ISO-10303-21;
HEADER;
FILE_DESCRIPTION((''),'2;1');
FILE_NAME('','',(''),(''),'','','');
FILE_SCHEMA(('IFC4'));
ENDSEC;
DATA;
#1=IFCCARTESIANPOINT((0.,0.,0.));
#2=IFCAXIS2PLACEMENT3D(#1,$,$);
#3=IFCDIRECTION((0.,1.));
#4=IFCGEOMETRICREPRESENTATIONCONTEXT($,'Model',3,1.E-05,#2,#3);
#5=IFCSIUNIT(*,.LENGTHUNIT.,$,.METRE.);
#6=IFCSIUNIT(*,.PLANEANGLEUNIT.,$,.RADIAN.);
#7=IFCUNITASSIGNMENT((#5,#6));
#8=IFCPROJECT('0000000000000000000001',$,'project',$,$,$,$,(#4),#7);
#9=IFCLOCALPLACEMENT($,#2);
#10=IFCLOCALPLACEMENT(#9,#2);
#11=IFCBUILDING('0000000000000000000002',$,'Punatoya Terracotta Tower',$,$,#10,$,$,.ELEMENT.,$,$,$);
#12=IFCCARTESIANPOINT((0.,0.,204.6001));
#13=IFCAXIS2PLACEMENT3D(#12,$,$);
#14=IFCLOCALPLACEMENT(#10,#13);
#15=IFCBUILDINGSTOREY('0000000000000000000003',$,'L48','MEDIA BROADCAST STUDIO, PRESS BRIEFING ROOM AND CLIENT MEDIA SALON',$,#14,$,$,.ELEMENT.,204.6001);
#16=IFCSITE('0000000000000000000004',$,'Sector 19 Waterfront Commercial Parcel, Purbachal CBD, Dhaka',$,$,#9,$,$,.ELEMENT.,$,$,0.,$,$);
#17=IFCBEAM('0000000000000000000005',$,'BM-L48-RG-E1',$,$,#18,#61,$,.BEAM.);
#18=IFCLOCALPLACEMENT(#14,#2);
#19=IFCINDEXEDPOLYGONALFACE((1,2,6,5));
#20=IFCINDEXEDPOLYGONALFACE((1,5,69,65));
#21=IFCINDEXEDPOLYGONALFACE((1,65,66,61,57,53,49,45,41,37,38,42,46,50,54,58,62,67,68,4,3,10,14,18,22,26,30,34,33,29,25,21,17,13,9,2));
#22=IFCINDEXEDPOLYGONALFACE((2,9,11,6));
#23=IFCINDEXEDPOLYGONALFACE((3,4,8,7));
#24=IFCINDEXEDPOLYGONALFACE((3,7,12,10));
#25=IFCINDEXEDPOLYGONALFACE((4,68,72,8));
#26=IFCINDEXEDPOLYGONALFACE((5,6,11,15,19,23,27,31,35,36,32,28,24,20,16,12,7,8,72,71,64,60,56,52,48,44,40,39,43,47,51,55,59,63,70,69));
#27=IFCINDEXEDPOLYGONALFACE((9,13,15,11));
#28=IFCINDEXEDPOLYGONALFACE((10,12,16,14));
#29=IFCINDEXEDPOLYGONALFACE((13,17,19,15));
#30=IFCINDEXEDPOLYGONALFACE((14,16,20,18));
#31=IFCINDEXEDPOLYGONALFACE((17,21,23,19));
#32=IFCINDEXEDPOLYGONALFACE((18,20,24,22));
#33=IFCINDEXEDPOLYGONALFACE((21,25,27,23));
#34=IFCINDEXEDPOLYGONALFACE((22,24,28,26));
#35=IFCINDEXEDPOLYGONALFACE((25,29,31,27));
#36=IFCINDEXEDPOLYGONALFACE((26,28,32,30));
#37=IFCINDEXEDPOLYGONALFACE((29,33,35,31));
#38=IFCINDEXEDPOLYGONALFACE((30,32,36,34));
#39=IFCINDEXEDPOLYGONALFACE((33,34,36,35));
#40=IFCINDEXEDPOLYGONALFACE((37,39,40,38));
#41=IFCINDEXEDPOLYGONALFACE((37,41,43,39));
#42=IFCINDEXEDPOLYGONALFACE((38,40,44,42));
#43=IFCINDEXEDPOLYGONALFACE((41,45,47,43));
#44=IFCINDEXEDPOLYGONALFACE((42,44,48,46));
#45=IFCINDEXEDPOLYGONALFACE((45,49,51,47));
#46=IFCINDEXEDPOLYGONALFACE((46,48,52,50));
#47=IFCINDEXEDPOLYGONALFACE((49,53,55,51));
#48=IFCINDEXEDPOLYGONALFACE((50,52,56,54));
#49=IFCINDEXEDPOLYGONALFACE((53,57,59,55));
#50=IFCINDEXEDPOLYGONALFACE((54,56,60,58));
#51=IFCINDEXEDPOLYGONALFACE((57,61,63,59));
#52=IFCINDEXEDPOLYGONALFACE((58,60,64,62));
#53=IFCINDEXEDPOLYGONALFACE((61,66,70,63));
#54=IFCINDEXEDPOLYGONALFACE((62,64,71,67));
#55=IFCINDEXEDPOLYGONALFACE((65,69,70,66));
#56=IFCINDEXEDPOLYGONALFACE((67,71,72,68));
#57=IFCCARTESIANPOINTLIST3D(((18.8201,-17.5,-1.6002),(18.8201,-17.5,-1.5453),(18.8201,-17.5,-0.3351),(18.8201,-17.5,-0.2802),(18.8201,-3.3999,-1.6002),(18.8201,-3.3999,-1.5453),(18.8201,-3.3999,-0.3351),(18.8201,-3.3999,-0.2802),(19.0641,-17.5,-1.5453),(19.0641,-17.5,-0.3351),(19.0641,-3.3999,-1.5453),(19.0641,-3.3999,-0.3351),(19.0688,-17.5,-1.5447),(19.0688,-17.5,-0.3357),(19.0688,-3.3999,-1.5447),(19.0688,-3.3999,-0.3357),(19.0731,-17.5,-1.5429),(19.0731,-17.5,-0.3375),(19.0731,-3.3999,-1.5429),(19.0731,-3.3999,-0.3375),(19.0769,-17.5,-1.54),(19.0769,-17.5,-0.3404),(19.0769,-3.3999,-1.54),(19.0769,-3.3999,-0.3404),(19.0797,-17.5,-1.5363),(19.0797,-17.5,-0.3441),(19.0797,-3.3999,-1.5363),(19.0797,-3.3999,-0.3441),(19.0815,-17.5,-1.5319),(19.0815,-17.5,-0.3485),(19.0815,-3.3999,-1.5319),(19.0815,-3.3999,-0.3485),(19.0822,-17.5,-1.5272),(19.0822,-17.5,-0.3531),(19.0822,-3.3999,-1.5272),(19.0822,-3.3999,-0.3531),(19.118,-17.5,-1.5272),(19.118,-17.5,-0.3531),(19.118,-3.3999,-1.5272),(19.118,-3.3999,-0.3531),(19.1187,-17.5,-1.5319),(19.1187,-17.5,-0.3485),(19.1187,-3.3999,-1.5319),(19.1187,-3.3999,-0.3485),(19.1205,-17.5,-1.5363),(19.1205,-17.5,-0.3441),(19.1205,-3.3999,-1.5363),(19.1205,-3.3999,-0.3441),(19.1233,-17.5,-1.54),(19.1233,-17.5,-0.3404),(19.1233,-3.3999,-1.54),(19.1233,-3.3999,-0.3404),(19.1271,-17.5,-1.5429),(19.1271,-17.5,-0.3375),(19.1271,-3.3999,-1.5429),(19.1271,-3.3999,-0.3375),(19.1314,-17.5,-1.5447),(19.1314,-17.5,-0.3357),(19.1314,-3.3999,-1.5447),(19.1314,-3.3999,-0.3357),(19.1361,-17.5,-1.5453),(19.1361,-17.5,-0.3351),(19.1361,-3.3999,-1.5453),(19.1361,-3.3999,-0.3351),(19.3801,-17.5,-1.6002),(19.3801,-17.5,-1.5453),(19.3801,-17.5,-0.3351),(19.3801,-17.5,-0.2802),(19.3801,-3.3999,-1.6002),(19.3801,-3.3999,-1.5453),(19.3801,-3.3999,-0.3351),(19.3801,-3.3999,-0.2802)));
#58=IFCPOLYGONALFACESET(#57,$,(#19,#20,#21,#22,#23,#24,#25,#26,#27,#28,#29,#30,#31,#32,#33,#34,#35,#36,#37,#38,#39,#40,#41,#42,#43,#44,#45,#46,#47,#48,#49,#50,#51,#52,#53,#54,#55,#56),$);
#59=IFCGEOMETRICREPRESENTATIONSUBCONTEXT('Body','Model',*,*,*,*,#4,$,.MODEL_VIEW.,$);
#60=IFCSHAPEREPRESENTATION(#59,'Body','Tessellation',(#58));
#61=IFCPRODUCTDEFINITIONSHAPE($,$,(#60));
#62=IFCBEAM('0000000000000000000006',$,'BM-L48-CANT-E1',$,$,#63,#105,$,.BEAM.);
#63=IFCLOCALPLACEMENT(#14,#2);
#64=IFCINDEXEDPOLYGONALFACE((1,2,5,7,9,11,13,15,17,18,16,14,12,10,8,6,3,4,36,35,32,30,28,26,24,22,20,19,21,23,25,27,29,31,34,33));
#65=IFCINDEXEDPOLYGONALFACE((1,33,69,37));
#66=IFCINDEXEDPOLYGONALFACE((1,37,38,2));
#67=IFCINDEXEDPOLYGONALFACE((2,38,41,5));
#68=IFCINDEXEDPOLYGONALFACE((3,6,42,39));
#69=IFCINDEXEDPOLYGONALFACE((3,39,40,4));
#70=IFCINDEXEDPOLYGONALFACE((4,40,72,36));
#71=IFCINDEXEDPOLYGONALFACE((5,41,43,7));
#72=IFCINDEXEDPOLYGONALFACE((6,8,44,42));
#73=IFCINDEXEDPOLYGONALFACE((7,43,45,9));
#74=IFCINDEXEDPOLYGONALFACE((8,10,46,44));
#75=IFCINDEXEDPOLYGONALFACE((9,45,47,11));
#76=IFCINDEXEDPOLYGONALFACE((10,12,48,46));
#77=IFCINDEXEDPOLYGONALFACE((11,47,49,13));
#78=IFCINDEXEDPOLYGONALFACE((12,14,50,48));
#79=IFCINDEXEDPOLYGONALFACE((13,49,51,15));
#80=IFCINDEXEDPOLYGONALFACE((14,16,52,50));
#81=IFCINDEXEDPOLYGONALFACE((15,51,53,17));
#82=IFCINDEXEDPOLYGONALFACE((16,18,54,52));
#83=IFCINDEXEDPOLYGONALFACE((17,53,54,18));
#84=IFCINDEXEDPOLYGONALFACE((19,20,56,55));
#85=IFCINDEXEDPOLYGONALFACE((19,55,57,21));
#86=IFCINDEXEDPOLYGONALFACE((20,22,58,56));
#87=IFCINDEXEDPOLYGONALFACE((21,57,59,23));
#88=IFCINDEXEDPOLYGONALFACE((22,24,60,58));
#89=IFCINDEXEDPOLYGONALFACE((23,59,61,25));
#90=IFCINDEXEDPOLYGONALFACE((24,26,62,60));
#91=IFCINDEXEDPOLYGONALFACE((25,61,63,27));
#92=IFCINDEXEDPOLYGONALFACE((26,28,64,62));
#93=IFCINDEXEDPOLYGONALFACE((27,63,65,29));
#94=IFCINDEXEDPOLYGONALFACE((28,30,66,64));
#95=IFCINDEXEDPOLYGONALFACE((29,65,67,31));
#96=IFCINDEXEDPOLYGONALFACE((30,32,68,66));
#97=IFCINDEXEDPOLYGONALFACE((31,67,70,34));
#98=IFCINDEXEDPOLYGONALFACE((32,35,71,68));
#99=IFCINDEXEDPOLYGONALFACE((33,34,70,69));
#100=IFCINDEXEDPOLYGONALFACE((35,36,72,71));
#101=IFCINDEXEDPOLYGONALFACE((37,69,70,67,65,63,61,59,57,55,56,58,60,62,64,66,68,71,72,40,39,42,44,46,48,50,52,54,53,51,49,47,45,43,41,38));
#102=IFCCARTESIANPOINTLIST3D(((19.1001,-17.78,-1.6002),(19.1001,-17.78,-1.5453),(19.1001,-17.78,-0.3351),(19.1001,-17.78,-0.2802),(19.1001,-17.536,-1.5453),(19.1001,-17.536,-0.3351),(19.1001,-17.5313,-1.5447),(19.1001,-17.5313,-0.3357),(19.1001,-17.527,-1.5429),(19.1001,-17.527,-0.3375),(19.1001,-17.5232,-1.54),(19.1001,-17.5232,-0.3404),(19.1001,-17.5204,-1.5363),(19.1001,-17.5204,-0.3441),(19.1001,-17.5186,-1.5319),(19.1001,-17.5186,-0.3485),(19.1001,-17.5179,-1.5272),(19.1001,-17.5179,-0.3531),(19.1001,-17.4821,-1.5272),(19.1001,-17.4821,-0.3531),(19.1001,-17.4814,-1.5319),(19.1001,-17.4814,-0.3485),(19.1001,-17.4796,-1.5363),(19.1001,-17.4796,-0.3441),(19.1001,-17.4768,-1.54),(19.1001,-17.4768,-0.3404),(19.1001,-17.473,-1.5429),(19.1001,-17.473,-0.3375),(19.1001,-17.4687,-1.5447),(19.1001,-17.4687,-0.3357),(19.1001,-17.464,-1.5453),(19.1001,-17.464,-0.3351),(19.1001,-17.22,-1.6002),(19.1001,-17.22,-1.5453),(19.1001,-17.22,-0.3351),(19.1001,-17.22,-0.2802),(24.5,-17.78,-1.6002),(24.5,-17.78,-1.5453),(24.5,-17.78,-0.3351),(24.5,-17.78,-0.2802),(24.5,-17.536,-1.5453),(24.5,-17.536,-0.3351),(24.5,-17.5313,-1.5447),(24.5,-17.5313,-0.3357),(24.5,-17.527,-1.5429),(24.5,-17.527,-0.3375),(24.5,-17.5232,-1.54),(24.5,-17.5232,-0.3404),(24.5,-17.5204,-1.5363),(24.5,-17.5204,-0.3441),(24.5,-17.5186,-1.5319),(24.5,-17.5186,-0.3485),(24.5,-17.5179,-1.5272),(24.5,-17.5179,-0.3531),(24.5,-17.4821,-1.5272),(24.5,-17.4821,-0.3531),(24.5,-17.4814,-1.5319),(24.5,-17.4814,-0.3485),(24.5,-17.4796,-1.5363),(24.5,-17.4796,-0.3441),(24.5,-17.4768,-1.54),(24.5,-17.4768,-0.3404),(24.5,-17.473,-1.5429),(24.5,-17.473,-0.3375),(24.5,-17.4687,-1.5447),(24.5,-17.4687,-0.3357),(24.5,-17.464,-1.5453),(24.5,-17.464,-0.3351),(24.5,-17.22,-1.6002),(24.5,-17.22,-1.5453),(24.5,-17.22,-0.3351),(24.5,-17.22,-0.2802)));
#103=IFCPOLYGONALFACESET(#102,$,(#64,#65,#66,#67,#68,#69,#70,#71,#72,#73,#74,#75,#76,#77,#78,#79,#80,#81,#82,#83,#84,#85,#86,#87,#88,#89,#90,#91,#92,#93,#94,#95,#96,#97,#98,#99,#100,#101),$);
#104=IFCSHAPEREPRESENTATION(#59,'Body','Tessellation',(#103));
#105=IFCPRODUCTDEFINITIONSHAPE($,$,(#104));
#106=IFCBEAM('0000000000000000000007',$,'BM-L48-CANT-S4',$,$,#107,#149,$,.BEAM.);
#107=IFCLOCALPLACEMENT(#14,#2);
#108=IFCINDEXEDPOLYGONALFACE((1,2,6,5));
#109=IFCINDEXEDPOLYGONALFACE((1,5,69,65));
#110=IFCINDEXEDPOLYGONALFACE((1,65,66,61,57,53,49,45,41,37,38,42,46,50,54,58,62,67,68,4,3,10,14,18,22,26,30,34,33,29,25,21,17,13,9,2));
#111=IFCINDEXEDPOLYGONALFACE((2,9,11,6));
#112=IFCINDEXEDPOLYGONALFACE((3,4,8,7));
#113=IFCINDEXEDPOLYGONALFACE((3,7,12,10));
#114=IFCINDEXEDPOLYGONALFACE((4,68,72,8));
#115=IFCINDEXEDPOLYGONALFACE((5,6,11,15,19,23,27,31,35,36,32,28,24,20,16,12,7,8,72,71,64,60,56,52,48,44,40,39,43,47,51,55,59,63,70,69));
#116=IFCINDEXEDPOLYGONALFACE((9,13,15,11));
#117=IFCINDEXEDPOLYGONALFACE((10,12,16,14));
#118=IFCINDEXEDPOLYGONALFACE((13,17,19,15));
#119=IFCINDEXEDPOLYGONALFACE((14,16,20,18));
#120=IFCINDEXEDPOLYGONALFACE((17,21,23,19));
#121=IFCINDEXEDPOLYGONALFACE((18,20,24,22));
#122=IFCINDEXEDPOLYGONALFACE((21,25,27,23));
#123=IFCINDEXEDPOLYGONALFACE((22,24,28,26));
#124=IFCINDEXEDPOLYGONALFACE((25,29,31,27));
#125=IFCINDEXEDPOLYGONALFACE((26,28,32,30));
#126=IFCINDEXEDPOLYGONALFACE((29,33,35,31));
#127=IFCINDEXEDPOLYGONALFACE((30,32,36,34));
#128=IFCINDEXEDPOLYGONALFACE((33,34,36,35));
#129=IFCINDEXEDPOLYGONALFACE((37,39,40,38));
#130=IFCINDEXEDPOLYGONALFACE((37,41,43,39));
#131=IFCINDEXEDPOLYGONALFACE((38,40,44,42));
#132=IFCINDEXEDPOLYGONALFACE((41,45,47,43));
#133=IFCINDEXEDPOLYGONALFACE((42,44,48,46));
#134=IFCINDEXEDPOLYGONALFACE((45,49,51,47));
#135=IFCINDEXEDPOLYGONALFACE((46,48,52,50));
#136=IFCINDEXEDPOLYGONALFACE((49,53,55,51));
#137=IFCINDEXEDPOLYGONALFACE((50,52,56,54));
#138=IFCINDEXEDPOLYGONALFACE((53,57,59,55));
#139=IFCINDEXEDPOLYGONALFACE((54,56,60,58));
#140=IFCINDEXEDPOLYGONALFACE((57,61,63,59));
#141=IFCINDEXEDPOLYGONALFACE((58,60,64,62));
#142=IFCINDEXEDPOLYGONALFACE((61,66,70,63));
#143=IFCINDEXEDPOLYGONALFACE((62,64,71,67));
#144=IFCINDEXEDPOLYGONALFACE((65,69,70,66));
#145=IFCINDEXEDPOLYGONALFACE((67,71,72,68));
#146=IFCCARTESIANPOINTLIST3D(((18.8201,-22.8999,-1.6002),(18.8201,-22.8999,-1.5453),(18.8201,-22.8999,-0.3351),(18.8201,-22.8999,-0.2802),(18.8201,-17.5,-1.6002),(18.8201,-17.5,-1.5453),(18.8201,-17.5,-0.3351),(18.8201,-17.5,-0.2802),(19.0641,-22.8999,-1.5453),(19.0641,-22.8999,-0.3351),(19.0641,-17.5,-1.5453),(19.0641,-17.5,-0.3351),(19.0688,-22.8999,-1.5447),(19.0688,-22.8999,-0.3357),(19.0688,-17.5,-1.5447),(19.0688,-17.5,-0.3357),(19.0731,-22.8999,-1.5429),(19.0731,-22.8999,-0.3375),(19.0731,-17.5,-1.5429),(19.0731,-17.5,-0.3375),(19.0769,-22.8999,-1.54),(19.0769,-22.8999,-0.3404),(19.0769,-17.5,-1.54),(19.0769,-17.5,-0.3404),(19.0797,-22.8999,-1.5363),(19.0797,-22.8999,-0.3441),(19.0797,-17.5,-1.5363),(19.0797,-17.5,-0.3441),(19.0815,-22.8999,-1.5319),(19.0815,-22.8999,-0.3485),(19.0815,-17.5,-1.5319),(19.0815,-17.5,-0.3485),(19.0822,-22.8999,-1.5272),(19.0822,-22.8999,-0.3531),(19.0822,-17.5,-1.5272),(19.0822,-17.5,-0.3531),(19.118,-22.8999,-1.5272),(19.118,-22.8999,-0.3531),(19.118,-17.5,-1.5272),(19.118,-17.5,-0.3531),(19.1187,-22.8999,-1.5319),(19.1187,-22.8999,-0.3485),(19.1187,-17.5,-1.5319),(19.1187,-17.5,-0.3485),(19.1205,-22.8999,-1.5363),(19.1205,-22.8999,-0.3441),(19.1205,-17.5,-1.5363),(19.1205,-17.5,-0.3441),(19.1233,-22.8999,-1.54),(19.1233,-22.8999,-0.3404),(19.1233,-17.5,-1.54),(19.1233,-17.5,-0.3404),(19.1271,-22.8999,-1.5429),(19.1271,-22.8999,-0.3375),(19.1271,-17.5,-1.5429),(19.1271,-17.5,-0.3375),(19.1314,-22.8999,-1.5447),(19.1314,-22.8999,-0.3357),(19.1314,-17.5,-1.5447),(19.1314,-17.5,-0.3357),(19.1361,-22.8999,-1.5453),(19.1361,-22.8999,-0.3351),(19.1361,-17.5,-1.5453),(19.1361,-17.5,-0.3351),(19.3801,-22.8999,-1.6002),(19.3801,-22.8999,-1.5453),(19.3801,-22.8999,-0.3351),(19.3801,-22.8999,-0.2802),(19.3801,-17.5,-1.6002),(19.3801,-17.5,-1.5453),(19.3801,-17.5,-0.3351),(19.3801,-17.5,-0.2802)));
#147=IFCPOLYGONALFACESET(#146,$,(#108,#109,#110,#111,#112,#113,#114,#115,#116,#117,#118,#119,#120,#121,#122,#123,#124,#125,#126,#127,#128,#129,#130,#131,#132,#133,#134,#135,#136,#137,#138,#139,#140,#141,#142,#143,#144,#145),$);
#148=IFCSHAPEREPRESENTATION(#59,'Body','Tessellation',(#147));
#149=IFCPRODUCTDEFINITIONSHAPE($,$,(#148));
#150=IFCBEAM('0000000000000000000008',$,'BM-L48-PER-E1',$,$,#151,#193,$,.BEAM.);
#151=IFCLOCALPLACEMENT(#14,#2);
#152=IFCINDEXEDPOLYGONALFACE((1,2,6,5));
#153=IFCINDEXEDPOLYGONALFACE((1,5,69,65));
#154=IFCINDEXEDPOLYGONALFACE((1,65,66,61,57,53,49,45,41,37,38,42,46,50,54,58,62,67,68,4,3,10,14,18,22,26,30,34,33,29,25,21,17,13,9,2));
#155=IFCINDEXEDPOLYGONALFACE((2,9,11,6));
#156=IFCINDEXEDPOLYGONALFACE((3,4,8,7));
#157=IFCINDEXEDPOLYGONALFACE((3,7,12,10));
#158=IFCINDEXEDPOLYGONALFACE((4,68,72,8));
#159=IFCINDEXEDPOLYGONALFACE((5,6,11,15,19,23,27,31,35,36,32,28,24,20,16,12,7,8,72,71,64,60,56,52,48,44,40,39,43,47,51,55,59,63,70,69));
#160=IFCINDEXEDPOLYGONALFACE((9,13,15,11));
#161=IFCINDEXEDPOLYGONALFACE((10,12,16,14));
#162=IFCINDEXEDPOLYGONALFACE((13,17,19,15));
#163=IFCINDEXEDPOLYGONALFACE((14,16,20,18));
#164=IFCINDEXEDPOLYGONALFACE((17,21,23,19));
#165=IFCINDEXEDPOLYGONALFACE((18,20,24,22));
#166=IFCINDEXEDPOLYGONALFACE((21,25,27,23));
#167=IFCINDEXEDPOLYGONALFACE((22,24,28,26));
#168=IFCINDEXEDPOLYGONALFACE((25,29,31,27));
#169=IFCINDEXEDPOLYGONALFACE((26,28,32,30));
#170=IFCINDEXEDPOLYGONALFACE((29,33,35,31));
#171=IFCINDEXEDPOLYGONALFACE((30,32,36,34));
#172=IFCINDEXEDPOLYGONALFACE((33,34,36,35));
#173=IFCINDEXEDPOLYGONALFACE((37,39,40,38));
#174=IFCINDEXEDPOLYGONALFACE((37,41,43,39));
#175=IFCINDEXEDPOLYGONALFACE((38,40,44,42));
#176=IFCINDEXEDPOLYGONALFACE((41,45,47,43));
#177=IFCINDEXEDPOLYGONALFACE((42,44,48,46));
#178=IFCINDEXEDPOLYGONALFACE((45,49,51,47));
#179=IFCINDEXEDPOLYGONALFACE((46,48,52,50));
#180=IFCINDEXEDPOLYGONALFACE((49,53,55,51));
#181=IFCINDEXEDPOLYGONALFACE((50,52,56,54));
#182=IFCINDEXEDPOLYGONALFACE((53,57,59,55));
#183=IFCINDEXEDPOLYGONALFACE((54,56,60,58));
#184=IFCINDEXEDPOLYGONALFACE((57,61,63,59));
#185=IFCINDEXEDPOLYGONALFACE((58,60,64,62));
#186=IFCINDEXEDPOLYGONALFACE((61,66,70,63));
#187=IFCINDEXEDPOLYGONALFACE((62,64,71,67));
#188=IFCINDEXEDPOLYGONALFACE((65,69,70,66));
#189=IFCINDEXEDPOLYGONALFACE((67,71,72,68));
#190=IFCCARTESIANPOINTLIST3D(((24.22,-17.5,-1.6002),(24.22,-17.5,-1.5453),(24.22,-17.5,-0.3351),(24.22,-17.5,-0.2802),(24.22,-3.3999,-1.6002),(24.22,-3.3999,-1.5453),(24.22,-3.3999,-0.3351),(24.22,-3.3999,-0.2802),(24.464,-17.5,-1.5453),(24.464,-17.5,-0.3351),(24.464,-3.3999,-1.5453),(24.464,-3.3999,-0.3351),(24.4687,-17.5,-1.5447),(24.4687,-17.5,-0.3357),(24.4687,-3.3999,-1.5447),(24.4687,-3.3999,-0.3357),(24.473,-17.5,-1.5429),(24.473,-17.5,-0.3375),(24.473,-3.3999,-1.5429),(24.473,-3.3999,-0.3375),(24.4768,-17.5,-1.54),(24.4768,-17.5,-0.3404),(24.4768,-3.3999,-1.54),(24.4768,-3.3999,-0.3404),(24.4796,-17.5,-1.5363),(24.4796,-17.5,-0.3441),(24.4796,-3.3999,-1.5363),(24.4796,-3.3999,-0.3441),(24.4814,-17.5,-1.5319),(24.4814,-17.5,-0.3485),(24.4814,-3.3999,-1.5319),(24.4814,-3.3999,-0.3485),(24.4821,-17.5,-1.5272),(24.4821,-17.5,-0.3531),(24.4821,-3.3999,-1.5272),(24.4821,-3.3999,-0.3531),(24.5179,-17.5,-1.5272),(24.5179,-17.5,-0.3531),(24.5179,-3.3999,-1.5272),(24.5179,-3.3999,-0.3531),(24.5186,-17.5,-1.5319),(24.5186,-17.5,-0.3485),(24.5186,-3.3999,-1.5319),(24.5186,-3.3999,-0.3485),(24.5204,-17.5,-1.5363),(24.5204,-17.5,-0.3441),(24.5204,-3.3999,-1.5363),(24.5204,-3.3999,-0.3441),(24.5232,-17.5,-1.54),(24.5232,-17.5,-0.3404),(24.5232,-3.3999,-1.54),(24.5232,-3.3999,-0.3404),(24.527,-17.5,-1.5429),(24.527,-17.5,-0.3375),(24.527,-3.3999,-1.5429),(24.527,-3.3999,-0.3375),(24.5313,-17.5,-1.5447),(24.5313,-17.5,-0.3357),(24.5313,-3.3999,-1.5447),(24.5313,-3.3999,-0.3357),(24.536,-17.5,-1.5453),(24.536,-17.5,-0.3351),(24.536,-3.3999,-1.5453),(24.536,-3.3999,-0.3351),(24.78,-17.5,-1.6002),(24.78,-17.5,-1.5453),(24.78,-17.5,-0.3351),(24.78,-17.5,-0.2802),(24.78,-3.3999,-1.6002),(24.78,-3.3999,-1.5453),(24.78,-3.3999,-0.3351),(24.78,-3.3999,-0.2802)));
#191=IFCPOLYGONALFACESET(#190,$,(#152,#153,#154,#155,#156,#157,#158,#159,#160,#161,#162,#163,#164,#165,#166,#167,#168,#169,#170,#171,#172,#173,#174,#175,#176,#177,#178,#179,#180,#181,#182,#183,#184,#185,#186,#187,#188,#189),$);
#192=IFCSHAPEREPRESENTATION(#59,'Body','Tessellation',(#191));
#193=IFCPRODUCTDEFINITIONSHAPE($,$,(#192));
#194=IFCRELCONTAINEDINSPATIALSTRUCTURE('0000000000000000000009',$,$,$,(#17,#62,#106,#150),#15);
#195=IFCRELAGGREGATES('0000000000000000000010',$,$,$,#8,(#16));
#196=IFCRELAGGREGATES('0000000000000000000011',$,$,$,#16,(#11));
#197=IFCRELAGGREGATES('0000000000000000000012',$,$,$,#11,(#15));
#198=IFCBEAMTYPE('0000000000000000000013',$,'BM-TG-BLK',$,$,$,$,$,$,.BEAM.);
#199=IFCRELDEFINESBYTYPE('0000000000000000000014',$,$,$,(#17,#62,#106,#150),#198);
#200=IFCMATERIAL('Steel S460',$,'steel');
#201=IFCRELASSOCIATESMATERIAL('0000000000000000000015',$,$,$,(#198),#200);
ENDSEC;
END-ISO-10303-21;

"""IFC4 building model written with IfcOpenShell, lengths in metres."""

from ifc_helpers import new_model, si_unit, direction, frame, origin, origin_2d, place, context, subcontext, project, spatial, i_section, extrude, material, material_profile, profile_set, type_object, element, save


model = new_model("IFC4")

# Units and contexts
model_context = context("Model", 3, precision=1e-05, world=origin(), true_north=direction((0.0, 1.0)))
body_context = subcontext(model_context, "Body", "Model", "MODEL_VIEW")
ifc_project = project(units=[si_unit("LENGTHUNIT", "METRE"), si_unit("PLANEANGLEUNIT", "RADIAN")], contexts=[model_context])

# Site, building, storey
site_placement = place(None, origin())
site = spatial("IfcSite", under=ifc_project, at=site_placement, Name="Sector 19 Waterfront Commercial Parcel, Purbachal CBD, Dhaka", CompositionType="ELEMENT", RefElevation=0.0)
building_placement = place(site_placement, origin())
building = spatial("IfcBuilding", under=site, at=building_placement, Name="Punatoya Terracotta Tower", CompositionType="ELEMENT")
storey_placement = place(building_placement, frame((0.0, 0.0, 204.6001)))
storey = spatial("IfcBuildingStorey", under=building, at=storey_placement, Name="L48", Description="MEDIA BROADCAST STUDIO, PRESS BRIEFING ROOM AND CLIENT MEDIA SALON", CompositionType="ELEMENT", Elevation=204.6001)

# Shared definitions
ifc_material_1 = material(Name="Steel S460", Category="steel")

# Beams
ifc_material_profile_1 = material_profile(ifc_material_1, i_section(OverallWidth=0.5601, OverallDepth=1.3201, WebThickness=0.0359, FlangeThickness=0.0549, FilletRadius=0.0181, at=origin_2d()))
ifc_profile_set_1 = profile_set([ifc_material_profile_1], Name="Steel S460")
beam_type_1 = type_object("IfcBeamType", Name="BM-TG-BLK", PredefinedType="BEAM", material=ifc_profile_set_1)
beam_1_placement = place(storey_placement, frame((19.1001, -17.5, -0.9402), z_axis=(0.0, 1.0, 0.0), x_axis=(-1.0, 0.0, 0.0)))
element("IfcBeam", 1, at=beam_1_placement, inside=storey, type_object=beam_type_1, Name="BM-L48-RG-E1", PredefinedType="BEAM", context=body_context, shape_type="SweptSolid", body=[
    extrude(i_section(OverallWidth=0.5601, OverallDepth=1.3201, WebThickness=0.0359, FlangeThickness=0.0549, FilletRadius=0.0181, at=origin_2d()), origin(), (0.0, 0.0, 1.0), 14.1001),
])
for number, where, z_axis, x_axis, name in (
    (2, (19.1001, -17.5, -0.9402), (1.0, 0.0, 0.0), (0.0, 1.0, 0.0), "BM-L48-CANT-E1"),
    (3, (19.1001, -22.8999, -0.9402), (0.0, 1.0, 0.0), (-1.0, 0.0, 0.0), "BM-L48-CANT-S4"),
):
    element("IfcBeam", number, at=place(storey_placement, frame(where, z_axis=z_axis, x_axis=x_axis)), inside=storey, type_object=beam_type_1, Name=name, PredefinedType="BEAM", context=body_context, shape_type="SweptSolid", body=[
        extrude(i_section(OverallWidth=0.5601, OverallDepth=1.3201, WebThickness=0.0359, FlangeThickness=0.0549, FilletRadius=0.0181, at=origin_2d()), origin(), (0.0, 0.0, 1.0), 5.3999),
    ])
beam_2_placement = place(storey_placement, frame((24.5, -17.5, -0.9402), z_axis=(0.0, 1.0, 0.0), x_axis=(-1.0, 0.0, 0.0)))
element("IfcBeam", 4, at=beam_2_placement, inside=storey, type_object=beam_type_1, Name="BM-L48-PER-E1", PredefinedType="BEAM", context=body_context, shape_type="SweptSolid", body=[
    extrude(i_section(OverallWidth=0.5601, OverallDepth=1.3201, WebThickness=0.0359, FlangeThickness=0.0549, FilletRadius=0.0181, at=origin_2d()), origin(), (0.0, 0.0, 1.0), 14.1001),
])

save(model, "model.ifc")
